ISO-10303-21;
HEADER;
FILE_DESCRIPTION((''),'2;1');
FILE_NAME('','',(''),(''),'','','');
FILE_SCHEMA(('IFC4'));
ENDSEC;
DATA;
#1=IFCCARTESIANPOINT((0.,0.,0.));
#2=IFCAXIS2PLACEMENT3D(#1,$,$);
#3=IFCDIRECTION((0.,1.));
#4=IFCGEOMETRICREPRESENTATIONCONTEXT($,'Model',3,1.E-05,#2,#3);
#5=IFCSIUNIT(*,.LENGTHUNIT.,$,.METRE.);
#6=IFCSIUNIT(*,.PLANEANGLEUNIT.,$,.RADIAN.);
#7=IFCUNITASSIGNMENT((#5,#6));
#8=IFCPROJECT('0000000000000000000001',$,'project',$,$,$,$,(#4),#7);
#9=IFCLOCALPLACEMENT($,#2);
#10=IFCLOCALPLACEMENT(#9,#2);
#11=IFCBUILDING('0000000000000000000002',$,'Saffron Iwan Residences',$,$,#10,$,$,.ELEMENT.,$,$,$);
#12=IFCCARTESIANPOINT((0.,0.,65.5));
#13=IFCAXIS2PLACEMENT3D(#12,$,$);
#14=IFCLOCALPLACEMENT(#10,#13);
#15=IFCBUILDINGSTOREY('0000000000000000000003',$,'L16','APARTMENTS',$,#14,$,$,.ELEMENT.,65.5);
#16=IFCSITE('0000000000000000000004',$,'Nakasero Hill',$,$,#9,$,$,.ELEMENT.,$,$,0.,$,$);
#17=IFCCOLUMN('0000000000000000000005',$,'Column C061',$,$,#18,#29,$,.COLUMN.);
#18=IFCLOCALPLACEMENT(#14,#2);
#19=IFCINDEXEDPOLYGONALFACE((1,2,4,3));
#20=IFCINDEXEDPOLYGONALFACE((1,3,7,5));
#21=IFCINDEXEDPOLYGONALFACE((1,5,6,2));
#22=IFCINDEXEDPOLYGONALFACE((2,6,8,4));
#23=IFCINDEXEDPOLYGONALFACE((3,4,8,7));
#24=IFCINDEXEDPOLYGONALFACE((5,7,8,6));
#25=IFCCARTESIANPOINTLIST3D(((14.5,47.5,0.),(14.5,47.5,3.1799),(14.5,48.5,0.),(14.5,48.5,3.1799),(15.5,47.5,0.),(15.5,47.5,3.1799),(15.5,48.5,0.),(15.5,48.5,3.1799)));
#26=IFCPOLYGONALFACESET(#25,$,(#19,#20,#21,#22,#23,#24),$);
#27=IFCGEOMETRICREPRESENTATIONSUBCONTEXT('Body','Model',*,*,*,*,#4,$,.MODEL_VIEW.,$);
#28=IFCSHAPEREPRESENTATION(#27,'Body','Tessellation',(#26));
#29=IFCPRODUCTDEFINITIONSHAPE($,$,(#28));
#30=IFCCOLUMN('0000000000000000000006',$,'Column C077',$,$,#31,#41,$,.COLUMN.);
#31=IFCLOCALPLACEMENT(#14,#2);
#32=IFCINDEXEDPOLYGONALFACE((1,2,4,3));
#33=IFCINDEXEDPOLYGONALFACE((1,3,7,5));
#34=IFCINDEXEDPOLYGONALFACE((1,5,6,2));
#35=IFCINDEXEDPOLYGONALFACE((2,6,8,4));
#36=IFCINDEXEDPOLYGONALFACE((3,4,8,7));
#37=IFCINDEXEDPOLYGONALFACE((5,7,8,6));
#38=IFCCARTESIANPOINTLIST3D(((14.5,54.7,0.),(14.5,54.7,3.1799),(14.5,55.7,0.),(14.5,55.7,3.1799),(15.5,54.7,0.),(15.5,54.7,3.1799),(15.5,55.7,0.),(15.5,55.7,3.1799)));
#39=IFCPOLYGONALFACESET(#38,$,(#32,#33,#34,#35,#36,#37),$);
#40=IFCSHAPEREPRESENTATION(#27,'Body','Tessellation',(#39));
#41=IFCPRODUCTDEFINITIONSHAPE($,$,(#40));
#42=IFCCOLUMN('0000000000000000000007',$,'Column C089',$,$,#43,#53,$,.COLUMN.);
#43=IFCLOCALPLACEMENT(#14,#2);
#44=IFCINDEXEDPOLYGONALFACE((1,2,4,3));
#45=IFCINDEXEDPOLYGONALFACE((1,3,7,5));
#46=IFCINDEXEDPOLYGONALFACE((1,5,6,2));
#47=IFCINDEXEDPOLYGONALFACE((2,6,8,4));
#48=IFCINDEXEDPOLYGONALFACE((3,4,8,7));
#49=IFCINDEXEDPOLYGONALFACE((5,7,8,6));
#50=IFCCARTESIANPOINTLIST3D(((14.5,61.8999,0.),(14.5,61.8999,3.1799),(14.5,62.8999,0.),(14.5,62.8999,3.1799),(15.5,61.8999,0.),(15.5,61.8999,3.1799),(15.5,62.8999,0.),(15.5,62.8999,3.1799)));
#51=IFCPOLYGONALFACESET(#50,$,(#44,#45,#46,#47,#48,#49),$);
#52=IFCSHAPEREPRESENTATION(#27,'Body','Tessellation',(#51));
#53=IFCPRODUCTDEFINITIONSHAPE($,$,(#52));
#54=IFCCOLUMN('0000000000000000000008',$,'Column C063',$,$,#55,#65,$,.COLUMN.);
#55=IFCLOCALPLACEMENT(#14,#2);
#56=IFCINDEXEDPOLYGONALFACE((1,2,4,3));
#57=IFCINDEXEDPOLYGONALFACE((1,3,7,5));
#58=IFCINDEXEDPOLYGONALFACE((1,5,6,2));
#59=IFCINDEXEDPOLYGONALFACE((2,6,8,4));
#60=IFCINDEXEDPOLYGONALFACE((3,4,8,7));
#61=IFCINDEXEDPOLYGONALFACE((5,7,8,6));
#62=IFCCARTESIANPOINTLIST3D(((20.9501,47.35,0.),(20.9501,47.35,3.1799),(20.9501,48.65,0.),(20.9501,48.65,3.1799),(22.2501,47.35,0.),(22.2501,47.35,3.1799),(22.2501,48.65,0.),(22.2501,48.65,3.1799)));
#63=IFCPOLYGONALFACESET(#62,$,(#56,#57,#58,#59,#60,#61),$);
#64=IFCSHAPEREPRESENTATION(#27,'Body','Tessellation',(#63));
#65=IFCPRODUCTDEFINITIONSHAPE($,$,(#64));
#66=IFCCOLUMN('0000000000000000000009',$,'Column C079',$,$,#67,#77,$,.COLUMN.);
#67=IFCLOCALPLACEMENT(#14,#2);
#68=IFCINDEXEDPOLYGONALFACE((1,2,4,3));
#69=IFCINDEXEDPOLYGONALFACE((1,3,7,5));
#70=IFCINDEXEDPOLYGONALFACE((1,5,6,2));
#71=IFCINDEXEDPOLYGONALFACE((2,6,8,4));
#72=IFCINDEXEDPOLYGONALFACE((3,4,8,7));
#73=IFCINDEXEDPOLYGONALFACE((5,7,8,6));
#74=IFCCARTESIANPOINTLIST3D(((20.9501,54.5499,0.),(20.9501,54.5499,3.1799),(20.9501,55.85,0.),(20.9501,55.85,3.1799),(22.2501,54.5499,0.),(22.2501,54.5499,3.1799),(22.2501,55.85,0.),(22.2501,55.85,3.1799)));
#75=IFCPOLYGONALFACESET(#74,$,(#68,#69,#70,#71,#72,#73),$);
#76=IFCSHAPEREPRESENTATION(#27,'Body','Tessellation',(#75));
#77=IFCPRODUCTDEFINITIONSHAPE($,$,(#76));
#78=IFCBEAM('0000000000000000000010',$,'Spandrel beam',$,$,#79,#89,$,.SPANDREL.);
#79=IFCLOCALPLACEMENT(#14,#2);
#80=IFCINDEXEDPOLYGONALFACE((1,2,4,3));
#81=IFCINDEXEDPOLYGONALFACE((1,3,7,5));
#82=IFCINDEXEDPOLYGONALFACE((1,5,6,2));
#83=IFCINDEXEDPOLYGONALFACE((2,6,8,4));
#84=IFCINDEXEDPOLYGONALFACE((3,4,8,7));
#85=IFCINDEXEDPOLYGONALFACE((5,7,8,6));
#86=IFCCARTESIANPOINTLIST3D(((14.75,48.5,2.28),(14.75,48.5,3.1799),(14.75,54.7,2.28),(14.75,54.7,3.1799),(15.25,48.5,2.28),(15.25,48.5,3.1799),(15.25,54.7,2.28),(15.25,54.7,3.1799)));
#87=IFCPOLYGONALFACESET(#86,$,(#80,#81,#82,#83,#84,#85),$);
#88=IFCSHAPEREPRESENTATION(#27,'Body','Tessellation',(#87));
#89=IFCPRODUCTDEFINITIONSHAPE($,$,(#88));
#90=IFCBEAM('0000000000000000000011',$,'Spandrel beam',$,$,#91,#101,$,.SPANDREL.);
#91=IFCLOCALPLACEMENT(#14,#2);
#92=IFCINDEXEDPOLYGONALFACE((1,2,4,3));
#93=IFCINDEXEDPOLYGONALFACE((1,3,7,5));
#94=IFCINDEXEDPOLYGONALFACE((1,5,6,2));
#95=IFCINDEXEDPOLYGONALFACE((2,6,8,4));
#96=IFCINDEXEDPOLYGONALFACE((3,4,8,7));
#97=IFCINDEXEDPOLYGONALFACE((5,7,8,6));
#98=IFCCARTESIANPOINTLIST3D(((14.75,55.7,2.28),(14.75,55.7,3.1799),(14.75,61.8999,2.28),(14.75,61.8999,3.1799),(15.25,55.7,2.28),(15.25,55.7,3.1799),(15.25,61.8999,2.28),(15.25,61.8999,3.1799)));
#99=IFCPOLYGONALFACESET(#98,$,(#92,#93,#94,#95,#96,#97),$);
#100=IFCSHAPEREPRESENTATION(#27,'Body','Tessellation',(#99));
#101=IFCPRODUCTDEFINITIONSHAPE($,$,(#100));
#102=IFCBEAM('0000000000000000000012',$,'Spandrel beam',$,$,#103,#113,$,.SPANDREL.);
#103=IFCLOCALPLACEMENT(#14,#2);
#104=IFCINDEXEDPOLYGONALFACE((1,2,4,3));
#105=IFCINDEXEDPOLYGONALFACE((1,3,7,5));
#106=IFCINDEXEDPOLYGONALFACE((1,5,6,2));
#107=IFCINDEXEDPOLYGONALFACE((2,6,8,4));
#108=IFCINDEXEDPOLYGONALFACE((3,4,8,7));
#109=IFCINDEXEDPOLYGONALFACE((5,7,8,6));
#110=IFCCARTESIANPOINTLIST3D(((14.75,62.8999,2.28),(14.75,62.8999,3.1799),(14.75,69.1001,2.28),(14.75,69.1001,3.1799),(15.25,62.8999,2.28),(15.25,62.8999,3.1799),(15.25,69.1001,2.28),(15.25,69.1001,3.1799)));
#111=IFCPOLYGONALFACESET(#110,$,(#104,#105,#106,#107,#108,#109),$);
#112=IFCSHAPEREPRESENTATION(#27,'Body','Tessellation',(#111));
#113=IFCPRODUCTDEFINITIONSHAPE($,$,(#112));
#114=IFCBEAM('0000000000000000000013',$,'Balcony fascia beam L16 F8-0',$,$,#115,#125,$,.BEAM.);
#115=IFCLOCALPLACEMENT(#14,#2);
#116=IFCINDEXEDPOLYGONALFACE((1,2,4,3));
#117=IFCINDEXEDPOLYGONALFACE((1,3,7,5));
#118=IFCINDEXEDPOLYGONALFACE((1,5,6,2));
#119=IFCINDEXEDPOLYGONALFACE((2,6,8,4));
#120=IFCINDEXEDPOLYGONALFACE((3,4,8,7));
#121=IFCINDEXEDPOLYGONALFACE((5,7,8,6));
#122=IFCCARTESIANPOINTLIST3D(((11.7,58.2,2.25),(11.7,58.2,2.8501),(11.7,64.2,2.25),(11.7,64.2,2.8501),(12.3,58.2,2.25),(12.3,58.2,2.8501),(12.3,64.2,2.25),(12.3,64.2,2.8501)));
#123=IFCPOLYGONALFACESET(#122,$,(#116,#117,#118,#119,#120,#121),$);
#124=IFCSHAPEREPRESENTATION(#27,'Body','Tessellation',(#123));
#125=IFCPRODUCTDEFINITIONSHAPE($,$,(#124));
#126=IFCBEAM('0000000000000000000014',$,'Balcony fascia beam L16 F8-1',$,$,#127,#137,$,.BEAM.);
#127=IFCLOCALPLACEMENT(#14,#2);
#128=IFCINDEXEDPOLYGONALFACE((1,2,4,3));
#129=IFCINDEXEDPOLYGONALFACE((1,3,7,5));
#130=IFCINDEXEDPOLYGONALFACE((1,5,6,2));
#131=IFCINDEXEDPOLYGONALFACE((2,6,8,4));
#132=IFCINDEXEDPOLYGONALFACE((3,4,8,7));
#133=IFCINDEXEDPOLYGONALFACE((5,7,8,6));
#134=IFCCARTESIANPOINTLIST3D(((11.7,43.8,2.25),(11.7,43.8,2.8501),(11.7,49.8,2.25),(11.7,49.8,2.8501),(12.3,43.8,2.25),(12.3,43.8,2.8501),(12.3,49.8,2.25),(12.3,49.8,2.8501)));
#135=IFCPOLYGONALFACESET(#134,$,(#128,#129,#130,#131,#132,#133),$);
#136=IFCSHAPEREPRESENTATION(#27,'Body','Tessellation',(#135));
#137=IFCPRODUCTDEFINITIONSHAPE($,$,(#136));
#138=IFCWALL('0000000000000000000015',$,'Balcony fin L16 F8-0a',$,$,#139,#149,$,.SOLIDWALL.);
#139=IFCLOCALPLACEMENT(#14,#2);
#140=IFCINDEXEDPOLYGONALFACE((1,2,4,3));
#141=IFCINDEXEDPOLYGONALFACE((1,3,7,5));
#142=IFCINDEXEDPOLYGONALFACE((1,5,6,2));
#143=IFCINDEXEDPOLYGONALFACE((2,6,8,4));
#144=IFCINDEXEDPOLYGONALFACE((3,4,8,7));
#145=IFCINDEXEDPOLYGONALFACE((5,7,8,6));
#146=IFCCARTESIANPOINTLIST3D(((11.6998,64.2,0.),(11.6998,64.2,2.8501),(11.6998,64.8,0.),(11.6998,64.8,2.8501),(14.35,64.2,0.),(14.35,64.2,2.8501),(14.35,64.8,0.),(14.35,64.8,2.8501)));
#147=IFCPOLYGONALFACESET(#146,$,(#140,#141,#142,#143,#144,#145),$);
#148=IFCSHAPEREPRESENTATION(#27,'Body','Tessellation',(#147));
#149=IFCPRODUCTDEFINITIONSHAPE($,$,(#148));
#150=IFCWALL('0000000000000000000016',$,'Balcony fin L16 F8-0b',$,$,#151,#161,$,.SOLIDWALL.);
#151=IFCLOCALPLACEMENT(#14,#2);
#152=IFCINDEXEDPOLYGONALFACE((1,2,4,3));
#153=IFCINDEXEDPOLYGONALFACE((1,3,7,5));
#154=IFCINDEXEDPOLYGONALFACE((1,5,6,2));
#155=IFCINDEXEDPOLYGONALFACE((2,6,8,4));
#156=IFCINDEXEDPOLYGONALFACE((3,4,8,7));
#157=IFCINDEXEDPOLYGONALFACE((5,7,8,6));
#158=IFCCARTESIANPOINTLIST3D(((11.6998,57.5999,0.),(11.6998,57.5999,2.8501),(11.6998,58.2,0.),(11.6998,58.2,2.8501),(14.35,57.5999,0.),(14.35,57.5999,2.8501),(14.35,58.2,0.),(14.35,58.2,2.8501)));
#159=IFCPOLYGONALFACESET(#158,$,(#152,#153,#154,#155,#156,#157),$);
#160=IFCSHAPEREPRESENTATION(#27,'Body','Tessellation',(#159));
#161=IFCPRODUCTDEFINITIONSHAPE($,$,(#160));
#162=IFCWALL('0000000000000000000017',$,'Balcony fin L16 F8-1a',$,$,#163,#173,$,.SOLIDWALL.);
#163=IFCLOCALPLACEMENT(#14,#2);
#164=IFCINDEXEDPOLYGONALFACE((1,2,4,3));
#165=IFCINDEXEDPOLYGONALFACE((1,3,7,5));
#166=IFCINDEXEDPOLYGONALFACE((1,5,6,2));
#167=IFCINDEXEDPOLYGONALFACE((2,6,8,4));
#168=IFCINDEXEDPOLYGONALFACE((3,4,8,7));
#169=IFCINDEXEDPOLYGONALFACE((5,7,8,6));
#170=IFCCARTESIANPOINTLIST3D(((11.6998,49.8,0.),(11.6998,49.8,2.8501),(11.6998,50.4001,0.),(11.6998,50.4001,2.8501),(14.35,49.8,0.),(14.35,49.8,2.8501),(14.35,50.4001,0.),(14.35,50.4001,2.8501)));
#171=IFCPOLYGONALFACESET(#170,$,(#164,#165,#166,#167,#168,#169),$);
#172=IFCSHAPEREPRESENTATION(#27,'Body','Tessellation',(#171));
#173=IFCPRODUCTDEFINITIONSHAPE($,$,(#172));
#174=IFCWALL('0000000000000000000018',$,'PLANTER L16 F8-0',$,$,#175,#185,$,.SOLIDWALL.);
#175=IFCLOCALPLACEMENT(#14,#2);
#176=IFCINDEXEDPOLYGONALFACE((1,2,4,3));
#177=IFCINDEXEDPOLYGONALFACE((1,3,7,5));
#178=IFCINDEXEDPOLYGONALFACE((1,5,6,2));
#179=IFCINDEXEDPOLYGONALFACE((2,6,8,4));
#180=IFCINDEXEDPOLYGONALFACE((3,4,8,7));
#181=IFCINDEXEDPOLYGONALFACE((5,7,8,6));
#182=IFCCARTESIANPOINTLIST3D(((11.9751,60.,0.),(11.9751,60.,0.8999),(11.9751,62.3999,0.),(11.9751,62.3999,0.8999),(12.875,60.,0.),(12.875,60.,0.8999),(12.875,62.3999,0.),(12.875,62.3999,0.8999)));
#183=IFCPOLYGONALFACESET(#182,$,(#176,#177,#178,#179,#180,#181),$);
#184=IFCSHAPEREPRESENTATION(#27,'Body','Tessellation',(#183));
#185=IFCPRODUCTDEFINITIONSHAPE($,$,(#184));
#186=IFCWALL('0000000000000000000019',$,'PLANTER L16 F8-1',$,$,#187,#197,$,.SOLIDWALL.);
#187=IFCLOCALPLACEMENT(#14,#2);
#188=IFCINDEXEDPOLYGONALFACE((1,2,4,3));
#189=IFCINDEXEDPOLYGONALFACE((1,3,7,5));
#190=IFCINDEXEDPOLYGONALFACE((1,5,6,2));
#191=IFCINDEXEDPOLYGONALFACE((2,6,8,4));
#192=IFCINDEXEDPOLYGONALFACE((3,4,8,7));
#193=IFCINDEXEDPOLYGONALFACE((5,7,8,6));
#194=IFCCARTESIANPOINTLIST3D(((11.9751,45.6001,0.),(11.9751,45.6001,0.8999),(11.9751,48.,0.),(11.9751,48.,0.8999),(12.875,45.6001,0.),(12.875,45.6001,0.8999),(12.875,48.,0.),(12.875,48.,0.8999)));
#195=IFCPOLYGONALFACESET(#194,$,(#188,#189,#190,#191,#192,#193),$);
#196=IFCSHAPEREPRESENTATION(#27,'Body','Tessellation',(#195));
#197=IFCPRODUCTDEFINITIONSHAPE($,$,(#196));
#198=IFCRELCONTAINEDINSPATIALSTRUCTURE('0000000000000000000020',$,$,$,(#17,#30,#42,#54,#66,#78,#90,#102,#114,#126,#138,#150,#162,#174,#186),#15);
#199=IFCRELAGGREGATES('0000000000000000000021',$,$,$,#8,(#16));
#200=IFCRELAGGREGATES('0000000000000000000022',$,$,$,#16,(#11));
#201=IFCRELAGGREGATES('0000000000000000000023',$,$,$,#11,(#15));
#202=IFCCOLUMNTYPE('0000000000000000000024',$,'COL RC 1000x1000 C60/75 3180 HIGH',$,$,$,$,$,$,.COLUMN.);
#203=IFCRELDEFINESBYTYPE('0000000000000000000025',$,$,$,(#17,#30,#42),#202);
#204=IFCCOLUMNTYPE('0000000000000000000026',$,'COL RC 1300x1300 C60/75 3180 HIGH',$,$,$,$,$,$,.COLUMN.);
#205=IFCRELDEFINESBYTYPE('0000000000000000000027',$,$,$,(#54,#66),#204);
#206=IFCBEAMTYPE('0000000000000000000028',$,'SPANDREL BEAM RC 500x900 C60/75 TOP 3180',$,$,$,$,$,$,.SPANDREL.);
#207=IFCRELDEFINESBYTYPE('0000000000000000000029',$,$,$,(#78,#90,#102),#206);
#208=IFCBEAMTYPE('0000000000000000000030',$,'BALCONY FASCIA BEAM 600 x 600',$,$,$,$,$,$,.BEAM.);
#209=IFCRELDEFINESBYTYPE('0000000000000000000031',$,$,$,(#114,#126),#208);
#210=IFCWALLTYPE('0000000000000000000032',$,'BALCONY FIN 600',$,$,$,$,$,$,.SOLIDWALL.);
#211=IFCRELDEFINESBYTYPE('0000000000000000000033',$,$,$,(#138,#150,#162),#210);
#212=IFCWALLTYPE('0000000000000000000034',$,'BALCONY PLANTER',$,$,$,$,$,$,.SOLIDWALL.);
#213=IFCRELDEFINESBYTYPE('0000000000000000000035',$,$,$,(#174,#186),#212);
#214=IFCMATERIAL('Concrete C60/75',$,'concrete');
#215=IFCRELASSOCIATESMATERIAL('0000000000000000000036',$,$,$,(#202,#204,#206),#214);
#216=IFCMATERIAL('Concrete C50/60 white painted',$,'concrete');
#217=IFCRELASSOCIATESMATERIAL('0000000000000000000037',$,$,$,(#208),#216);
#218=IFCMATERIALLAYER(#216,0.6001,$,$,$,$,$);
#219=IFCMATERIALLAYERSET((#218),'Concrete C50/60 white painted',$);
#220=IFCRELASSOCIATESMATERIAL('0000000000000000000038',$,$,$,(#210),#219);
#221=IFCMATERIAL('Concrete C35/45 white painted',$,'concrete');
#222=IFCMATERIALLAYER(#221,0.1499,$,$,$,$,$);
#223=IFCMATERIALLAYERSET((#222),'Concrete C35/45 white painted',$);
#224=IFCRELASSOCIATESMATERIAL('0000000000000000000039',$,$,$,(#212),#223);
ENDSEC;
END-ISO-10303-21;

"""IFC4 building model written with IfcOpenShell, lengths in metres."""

from ifc_helpers import new_model, si_unit, direction, frame, frame_2d, origin, origin_2d, place, context, subcontext, project, spatial, rectangle, extrude, source, transform, mapped, material, layer, layer_set, material_profile, profile_set, type_object, element, save


model = new_model("IFC4")

# Units and contexts
model_context = context("Model", 3, precision=1e-05, world=origin(), true_north=direction((0.0, 1.0)))
body_context = subcontext(model_context, "Body", "Model", "MODEL_VIEW")
ifc_project = project(units=[si_unit("LENGTHUNIT", "METRE"), si_unit("PLANEANGLEUNIT", "RADIAN")], contexts=[model_context])

# Site, building, storey
site_placement = place(None, origin())
site = spatial("IfcSite", under=ifc_project, at=site_placement, Name="Nakasero Hill", CompositionType="ELEMENT", RefElevation=0.0)
building_placement = place(site_placement, origin())
building = spatial("IfcBuilding", under=site, at=building_placement, Name="Saffron Iwan Residences", CompositionType="ELEMENT")
storey_placement = place(building_placement, frame((0.0, 0.0, 65.5)))
storey = spatial("IfcBuildingStorey", under=building, at=storey_placement, Name="L16", Description="APARTMENTS", CompositionType="ELEMENT", Elevation=65.5)

# Columns
ifc_material_1 = material(Name="Concrete C60/75", Category="concrete")
ifc_material_profile_1 = material_profile(ifc_material_1, rectangle(XDim=1.0, YDim=1.0, at=origin_2d()), Name="RC 1000x1000")
ifc_profile_set_1 = profile_set([ifc_material_profile_1], Name="Concrete C60/75")
column_type_1 = type_object("IfcColumnType", Name="COL RC 1000x1000 C60/75 3180 HIGH", PredefinedType="COLUMN", material=ifc_profile_set_1)
shared_shape_1 = source(origin(), body_context, "Body", "SweptSolid", [
    extrude(rectangle(XDim=1.0, YDim=1.0, at=origin_2d()), origin(), (0.0, 0.0, 1.0), 3.1799),
])
for number, where, z_axis, x_axis, name in (
    (1, (15.0, 48.0, 0.0), (0.0, 0.0, 1.0), (1.0, 0.0, 0.0), "Column C061"),
    (2, (15.0, 55.2, 0.0), (0.0, 0.0, 1.0), (1.0, 0.0, 0.0), "Column C077"),
    (3, (15.0, 62.3999, 0.0), (0.0, 0.0, 1.0), (1.0, 0.0, 0.0), "Column C089"),
):
    element("IfcColumn", number, at=place(storey_placement, frame(where, z_axis=z_axis, x_axis=x_axis)), inside=storey, type_object=column_type_1, Name=name, PredefinedType="COLUMN", context=body_context, shape_type="MappedRepresentation", body=[
        mapped(shared_shape_1, transform((0.0, 0.0, 0.0))),
    ])
ifc_material_profile_2 = material_profile(ifc_material_1, rectangle(XDim=1.3, YDim=1.3, at=origin_2d()), Name="RC 1300x1300")
ifc_profile_set_2 = profile_set([ifc_material_profile_2], Name="Concrete C60/75")
column_type_2 = type_object("IfcColumnType", Name="COL RC 1300x1300 C60/75 3180 HIGH", PredefinedType="COLUMN", material=ifc_profile_set_2)
shared_shape_2 = source(origin(), body_context, "Body", "SweptSolid", [
    extrude(rectangle(XDim=1.3, YDim=1.3, at=origin_2d()), origin(), (0.0, 0.0, 1.0), 3.1799),
])
for number, where, z_axis, x_axis, name in (
    (4, (21.6001, 48.0, 0.0), (0.0, 0.0, 1.0), (1.0, 0.0, 0.0), "Column C063"),
    (5, (21.6001, 55.2, 0.0), (0.0, 0.0, 1.0), (1.0, 0.0, 0.0), "Column C079"),
):
    element("IfcColumn", number, at=place(storey_placement, frame(where, z_axis=z_axis, x_axis=x_axis)), inside=storey, type_object=column_type_2, Name=name, PredefinedType="COLUMN", context=body_context, shape_type="MappedRepresentation", body=[
        mapped(shared_shape_2, transform((0.0, 0.0, 0.0))),
    ])

# Beams
ifc_material_profile_3 = material_profile(ifc_material_1, rectangle(XDim=0.5, YDim=0.8999, at=origin_2d()), Name="RC 500x900")
ifc_profile_set_3 = profile_set([ifc_material_profile_3], Name="Concrete C60/75")
beam_type_1 = type_object("IfcBeamType", Name="SPANDREL BEAM RC 500x900 C60/75 TOP 3180", PredefinedType="SPANDREL", material=ifc_profile_set_3)
shared_shape_3 = source(origin(), body_context, "Body", "SweptSolid", [
    extrude(rectangle(XDim=0.5, YDim=0.8999, at=origin_2d()), origin(), (0.0, 0.0, 1.0), 6.2),
])
for number, where, z_axis, x_axis, name in (
    (6, (15.0, 48.5, 2.73), (0.0, 1.0, 0.0), (-1.0, 0.0, 0.0), "Spandrel beam"),
    (7, (15.0, 55.7, 2.73), (0.0, 1.0, 0.0), (-1.0, 0.0, 0.0), "Spandrel beam"),
):
    element("IfcBeam", number, at=place(storey_placement, frame(where, z_axis=z_axis, x_axis=x_axis)), inside=storey, type_object=beam_type_1, Name=name, PredefinedType="SPANDREL", context=body_context, shape_type="MappedRepresentation", body=[
        mapped(shared_shape_3, transform((0.0, 0.0, 0.0))),
    ])
shared_shape_4 = source(origin(), body_context, "Body", "SweptSolid", [
    extrude(rectangle(XDim=0.5, YDim=0.8999, at=origin_2d()), origin(), (0.0, 0.0, 1.0), 6.2002),
])
beam_placement = place(storey_placement, frame((15.0, 62.8999, 2.73), z_axis=(0.0, 1.0, 0.0), x_axis=(-1.0, 0.0, 0.0)))
element("IfcBeam", 8, at=beam_placement, inside=storey, type_object=beam_type_1, Name="Spandrel beam", PredefinedType="SPANDREL", context=body_context, shape_type="MappedRepresentation", body=[
    mapped(shared_shape_4, transform((0.0, 0.0, 0.0))),
])
ifc_material_2 = material(Name="Concrete C50/60 white painted", Category="concrete")
ifc_material_profile_4 = material_profile(ifc_material_2, rectangle(XDim=0.6001, YDim=0.6001, at=origin_2d()), Name="BALCONY FASCIA BEAM 600 x 600")
ifc_profile_set_4 = profile_set([ifc_material_profile_4], Name="Concrete C50/60 white painted")
beam_type_2 = type_object("IfcBeamType", Name="BALCONY FASCIA BEAM 600 x 600", PredefinedType="BEAM", material=ifc_profile_set_4)
shared_shape_5 = source(origin(), body_context, "Body", "SweptSolid", [
    extrude(rectangle(XDim=0.6001, YDim=0.6001, at=origin_2d()), origin(), (0.0, 0.0, 1.0), 6.0),
])
for number, where, z_axis, x_axis, name in (
    (9, (12.0, 64.2, 2.55), (0.0, -1.0, 0.0), (1.0, 0.0, 0.0), "Balcony fascia beam L16 F8-0"),
    (10, (12.0, 49.8, 2.55), (0.0, -1.0, 0.0), (1.0, 0.0, 0.0), "Balcony fascia beam L16 F8-1"),
):
    element("IfcBeam", number, at=place(storey_placement, frame(where, z_axis=z_axis, x_axis=x_axis)), inside=storey, type_object=beam_type_2, Name=name, PredefinedType="BEAM", context=body_context, shape_type="MappedRepresentation", body=[
        mapped(shared_shape_5, transform((0.0, 0.0, 0.0))),
    ])

# Walls
ifc_layer_1 = layer(ifc_material_2, 0.6001)
ifc_layer_set_1 = layer_set([ifc_layer_1], Name="Concrete C50/60 white painted")
wall_type_1 = type_object("IfcWallType", Name="BALCONY FIN 600", PredefinedType="SOLIDWALL", material=ifc_layer_set_1)
for number, where, z_axis, x_axis, name in (
    (11, (14.3501, 64.5, 0.0), (0.0, 0.0, 1.0), (-1.0, 0.0, 0.0), "Balcony fin L16 F8-0a"),
    (12, (14.3501, 57.8999, 0.0), (0.0, 0.0, 1.0), (-1.0, 0.0, 0.0), "Balcony fin L16 F8-0b"),
    (13, (14.3501, 50.1001, 0.0), (0.0, 0.0, 1.0), (-1.0, 0.0, 0.0), "Balcony fin L16 F8-1a"),
):
    element("IfcWall", number, at=place(storey_placement, frame(where, z_axis=z_axis, x_axis=x_axis)), inside=storey, type_object=wall_type_1, Name=name, PredefinedType="SOLIDWALL", context=body_context, shape_type="SweptSolid", body=[
        extrude(rectangle(XDim=2.6501, YDim=0.6001, at=frame_2d((1.3252, 0.0))), origin(), (0.0, 0.0, 1.0), 2.8501),
    ])
ifc_material_3 = material(Name="Concrete C35/45 white painted", Category="concrete")
ifc_layer_2 = layer(ifc_material_3, 0.1499)
ifc_layer_set_2 = layer_set([ifc_layer_2], Name="Concrete C35/45 white painted")
wall_type_2 = type_object("IfcWallType", Name="BALCONY PLANTER", PredefinedType="SOLIDWALL", material=ifc_layer_set_2)
for number, where, z_axis, x_axis, name in (
    (14, (12.425, 62.3999, 0.0), (0.0, 0.0, 1.0), (0.0, -1.0, 0.0), "PLANTER L16 F8-0"),
    (15, (12.425, 48.0, 0.0), (0.0, 0.0, 1.0), (0.0, -1.0, 0.0), "PLANTER L16 F8-1"),
):
    element("IfcWall", number, at=place(storey_placement, frame(where, z_axis=z_axis, x_axis=x_axis)), inside=storey, type_object=wall_type_2, Name=name, PredefinedType="SOLIDWALL", context=body_context, shape_type="SweptSolid", body=[
        extrude(rectangle(XDim=2.3999, YDim=0.8999, at=frame_2d((1.2, 0.0))), origin(), (0.0, 0.0, 1.0), 0.8999),
    ])

save(model, "model.ifc")
